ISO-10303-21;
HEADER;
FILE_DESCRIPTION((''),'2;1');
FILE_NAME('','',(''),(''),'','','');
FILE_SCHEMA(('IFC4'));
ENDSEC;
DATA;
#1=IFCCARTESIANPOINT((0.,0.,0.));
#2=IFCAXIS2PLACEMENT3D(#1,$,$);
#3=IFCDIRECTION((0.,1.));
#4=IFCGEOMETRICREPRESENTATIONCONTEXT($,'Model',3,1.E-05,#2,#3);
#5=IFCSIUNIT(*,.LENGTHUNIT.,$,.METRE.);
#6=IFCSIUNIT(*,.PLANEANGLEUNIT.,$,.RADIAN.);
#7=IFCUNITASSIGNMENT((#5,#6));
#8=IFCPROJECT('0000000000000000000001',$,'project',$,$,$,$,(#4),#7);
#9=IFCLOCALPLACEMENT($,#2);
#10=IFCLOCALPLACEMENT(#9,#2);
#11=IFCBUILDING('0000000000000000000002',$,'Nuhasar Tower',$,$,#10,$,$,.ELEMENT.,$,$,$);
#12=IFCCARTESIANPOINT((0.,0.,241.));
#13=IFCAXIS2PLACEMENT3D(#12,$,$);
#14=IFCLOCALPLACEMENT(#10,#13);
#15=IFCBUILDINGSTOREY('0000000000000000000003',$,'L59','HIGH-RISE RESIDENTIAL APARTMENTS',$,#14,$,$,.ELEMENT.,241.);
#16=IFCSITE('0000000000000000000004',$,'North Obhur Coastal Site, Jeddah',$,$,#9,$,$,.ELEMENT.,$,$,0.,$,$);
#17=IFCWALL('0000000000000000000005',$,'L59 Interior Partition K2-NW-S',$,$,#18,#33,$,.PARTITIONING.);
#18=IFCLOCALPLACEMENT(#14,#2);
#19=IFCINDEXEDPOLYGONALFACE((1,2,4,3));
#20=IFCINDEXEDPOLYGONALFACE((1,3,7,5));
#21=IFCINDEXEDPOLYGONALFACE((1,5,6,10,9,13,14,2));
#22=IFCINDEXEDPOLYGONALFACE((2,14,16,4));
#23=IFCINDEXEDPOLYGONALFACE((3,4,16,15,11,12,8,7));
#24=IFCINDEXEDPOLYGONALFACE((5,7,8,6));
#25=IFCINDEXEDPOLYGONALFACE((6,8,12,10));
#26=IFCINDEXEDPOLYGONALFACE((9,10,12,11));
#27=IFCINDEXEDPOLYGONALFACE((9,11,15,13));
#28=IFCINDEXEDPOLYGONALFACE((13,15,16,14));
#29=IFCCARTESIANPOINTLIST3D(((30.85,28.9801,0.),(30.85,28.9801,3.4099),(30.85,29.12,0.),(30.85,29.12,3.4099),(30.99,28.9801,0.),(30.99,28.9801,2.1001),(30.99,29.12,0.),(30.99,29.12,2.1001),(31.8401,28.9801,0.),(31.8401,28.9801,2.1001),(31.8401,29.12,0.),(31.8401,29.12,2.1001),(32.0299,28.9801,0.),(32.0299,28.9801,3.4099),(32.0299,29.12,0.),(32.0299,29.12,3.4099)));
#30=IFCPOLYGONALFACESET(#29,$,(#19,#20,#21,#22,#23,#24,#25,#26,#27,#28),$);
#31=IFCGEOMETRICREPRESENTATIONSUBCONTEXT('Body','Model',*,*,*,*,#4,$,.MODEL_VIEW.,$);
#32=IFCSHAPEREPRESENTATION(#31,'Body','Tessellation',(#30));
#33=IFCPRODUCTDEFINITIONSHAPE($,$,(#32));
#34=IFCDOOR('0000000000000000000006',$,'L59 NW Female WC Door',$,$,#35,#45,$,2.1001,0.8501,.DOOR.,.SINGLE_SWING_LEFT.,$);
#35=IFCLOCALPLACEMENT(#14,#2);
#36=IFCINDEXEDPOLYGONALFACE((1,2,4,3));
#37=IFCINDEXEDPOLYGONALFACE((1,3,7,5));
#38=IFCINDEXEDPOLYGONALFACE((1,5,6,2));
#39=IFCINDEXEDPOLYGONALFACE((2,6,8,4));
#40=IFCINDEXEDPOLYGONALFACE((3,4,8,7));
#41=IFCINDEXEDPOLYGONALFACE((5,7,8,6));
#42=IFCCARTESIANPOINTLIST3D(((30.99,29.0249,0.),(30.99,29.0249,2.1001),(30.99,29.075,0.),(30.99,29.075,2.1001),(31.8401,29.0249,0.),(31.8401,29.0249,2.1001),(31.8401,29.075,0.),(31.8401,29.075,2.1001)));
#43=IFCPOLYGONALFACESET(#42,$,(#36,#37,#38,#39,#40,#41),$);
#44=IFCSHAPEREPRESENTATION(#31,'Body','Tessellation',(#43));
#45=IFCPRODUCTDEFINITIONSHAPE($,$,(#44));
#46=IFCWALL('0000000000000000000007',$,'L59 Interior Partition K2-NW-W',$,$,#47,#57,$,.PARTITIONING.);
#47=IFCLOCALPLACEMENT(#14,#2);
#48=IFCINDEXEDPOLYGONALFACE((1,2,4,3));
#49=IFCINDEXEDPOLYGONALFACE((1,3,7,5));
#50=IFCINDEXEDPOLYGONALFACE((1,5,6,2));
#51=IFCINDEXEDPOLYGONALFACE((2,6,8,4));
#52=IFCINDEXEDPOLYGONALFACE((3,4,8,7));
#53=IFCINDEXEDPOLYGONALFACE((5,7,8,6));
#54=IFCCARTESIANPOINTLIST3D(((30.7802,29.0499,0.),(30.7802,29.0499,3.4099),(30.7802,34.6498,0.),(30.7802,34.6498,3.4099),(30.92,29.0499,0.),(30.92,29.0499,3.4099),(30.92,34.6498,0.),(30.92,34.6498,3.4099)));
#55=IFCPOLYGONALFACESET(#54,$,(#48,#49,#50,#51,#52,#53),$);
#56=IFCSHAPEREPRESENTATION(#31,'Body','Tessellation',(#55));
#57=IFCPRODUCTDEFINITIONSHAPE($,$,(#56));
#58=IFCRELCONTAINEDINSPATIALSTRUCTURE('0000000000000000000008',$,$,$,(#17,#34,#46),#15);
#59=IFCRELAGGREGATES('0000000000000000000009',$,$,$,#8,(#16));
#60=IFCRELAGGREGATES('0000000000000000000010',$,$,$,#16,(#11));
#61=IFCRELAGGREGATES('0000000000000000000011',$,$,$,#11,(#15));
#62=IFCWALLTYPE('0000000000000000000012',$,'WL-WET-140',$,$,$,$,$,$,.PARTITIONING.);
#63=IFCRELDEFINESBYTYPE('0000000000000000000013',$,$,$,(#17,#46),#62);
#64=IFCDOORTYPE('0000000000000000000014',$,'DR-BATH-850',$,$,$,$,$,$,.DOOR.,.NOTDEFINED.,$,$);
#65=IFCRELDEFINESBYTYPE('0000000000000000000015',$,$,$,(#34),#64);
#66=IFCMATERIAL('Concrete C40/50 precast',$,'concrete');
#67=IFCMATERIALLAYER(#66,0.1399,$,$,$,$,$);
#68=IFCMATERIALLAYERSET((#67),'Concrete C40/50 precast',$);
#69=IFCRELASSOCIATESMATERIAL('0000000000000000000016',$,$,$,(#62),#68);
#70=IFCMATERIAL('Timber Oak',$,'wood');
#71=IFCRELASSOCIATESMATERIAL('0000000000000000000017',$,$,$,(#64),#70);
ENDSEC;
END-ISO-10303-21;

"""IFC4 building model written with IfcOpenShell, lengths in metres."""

from ifc_helpers import new_model, si_unit, direction, frame, frame_2d, origin, place, context, subcontext, project, spatial, rectangle, extrude, material, layer, layer_set, type_object, element, fill, save


model = new_model("IFC4")

# Units and contexts
model_context = context("Model", 3, precision=1e-05, world=origin(), true_north=direction((0.0, 1.0)))
body_context = subcontext(model_context, "Body", "Model", "MODEL_VIEW")
ifc_project = project(units=[si_unit("LENGTHUNIT", "METRE"), si_unit("PLANEANGLEUNIT", "RADIAN")], contexts=[model_context])

# Site, building, storey
site_placement = place(None, origin())
site = spatial("IfcSite", under=ifc_project, at=site_placement, Name="North Obhur Coastal Site, Jeddah", CompositionType="ELEMENT", RefElevation=0.0)
building_placement = place(site_placement, origin())
building = spatial("IfcBuilding", under=site, at=building_placement, Name="Nuhasar Tower", CompositionType="ELEMENT")
storey_placement = place(building_placement, frame((0.0, 0.0, 241.0)))
storey = spatial("IfcBuildingStorey", under=building, at=storey_placement, Name="L59", Description="HIGH-RISE RESIDENTIAL APARTMENTS", CompositionType="ELEMENT", Elevation=241.0)

# Shared definitions
ifc_material_1 = material(Name="Timber Oak", Category="wood")

# Shared definitions
ifc_material_2 = material(Name="Concrete C40/50 precast", Category="concrete")
ifc_layer_1 = layer(ifc_material_2, 0.1399)
ifc_layer_set_1 = layer_set([ifc_layer_1], Name="Concrete C40/50 precast")
wall_type_1 = type_object("IfcWallType", Name="WL-WET-140", PredefinedType="PARTITIONING", material=ifc_layer_set_1)

# Wall, opening, door
wall_1_placement = place(storey_placement, frame((30.8501, 29.05, 0.0), z_axis=(0.0, 0.0, 1.0), x_axis=(1.0, 0.0, 0.0)))
wall_1 = element("IfcWall", 1, at=wall_1_placement, inside=storey, type_object=wall_type_1, Name="L59 Interior Partition K2-NW-S", PredefinedType="PARTITIONING", context=body_context, shape_type="SweptSolid", body=[
    extrude(rectangle(XDim=1.1799, YDim=0.1399, at=frame_2d((0.5898, 0.0))), origin(), (0.0, 0.0, 1.0), 3.4099),
])
opening_1_placement = place(wall_1_placement, frame((0.1399, 0.0, 0.0)))
opening_1 = element("IfcOpeningElement", 2, at=opening_1_placement, cuts=wall_1, PredefinedType="OPENING", context=body_context, shape_type="SweptSolid", body=[
    extrude(rectangle(XDim=0.8501, YDim=2.1001, at=frame_2d((0.425, 1.05))), frame((0.0, 0.0801, 0.0), z_axis=(0.0, -1.0, 0.0), x_axis=(1.0, 0.0, 0.0)), (0.0, 0.0, 1.0), 0.1599),
])
door_type_1 = type_object("IfcDoorType", Name="DR-BATH-850", OperationType="NOTDEFINED", PredefinedType="DOOR", material=ifc_material_1)
door_1_placement = place(opening_1_placement, origin())
door_1 = element("IfcDoor", 3, at=door_1_placement, inside=storey, type_object=door_type_1, Name="L59 NW Female WC Door", OperationType="SINGLE_SWING_LEFT", OverallHeight=2.1001, OverallWidth=0.8501, PredefinedType="DOOR", context=body_context, shape_type="SweptSolid", body=[
    extrude(rectangle(XDim=0.8501, YDim=2.1001, at=frame_2d((0.425, 1.05))), frame((0.0, 0.0249, 0.0), z_axis=(0.0, -1.0, 0.0), x_axis=(1.0, 0.0, 0.0)), (0.0, 0.0, 1.0), 0.05),
])
fill(opening_1, door_1)

# Wall
wall_2_placement = place(storey_placement, frame((30.8501, 29.05, 0.0), z_axis=(0.0, 0.0, 1.0), x_axis=(0.0, 1.0, 0.0)))
element("IfcWall", 4, at=wall_2_placement, inside=storey, type_object=wall_type_1, Name="L59 Interior Partition K2-NW-W", PredefinedType="PARTITIONING", context=body_context, shape_type="SweptSolid", body=[
    extrude(rectangle(XDim=5.5999, YDim=0.1399, at=frame_2d((2.7998, 0.0))), origin(), (0.0, 0.0, 1.0), 3.4099),
])

save(model, "model.ifc")
